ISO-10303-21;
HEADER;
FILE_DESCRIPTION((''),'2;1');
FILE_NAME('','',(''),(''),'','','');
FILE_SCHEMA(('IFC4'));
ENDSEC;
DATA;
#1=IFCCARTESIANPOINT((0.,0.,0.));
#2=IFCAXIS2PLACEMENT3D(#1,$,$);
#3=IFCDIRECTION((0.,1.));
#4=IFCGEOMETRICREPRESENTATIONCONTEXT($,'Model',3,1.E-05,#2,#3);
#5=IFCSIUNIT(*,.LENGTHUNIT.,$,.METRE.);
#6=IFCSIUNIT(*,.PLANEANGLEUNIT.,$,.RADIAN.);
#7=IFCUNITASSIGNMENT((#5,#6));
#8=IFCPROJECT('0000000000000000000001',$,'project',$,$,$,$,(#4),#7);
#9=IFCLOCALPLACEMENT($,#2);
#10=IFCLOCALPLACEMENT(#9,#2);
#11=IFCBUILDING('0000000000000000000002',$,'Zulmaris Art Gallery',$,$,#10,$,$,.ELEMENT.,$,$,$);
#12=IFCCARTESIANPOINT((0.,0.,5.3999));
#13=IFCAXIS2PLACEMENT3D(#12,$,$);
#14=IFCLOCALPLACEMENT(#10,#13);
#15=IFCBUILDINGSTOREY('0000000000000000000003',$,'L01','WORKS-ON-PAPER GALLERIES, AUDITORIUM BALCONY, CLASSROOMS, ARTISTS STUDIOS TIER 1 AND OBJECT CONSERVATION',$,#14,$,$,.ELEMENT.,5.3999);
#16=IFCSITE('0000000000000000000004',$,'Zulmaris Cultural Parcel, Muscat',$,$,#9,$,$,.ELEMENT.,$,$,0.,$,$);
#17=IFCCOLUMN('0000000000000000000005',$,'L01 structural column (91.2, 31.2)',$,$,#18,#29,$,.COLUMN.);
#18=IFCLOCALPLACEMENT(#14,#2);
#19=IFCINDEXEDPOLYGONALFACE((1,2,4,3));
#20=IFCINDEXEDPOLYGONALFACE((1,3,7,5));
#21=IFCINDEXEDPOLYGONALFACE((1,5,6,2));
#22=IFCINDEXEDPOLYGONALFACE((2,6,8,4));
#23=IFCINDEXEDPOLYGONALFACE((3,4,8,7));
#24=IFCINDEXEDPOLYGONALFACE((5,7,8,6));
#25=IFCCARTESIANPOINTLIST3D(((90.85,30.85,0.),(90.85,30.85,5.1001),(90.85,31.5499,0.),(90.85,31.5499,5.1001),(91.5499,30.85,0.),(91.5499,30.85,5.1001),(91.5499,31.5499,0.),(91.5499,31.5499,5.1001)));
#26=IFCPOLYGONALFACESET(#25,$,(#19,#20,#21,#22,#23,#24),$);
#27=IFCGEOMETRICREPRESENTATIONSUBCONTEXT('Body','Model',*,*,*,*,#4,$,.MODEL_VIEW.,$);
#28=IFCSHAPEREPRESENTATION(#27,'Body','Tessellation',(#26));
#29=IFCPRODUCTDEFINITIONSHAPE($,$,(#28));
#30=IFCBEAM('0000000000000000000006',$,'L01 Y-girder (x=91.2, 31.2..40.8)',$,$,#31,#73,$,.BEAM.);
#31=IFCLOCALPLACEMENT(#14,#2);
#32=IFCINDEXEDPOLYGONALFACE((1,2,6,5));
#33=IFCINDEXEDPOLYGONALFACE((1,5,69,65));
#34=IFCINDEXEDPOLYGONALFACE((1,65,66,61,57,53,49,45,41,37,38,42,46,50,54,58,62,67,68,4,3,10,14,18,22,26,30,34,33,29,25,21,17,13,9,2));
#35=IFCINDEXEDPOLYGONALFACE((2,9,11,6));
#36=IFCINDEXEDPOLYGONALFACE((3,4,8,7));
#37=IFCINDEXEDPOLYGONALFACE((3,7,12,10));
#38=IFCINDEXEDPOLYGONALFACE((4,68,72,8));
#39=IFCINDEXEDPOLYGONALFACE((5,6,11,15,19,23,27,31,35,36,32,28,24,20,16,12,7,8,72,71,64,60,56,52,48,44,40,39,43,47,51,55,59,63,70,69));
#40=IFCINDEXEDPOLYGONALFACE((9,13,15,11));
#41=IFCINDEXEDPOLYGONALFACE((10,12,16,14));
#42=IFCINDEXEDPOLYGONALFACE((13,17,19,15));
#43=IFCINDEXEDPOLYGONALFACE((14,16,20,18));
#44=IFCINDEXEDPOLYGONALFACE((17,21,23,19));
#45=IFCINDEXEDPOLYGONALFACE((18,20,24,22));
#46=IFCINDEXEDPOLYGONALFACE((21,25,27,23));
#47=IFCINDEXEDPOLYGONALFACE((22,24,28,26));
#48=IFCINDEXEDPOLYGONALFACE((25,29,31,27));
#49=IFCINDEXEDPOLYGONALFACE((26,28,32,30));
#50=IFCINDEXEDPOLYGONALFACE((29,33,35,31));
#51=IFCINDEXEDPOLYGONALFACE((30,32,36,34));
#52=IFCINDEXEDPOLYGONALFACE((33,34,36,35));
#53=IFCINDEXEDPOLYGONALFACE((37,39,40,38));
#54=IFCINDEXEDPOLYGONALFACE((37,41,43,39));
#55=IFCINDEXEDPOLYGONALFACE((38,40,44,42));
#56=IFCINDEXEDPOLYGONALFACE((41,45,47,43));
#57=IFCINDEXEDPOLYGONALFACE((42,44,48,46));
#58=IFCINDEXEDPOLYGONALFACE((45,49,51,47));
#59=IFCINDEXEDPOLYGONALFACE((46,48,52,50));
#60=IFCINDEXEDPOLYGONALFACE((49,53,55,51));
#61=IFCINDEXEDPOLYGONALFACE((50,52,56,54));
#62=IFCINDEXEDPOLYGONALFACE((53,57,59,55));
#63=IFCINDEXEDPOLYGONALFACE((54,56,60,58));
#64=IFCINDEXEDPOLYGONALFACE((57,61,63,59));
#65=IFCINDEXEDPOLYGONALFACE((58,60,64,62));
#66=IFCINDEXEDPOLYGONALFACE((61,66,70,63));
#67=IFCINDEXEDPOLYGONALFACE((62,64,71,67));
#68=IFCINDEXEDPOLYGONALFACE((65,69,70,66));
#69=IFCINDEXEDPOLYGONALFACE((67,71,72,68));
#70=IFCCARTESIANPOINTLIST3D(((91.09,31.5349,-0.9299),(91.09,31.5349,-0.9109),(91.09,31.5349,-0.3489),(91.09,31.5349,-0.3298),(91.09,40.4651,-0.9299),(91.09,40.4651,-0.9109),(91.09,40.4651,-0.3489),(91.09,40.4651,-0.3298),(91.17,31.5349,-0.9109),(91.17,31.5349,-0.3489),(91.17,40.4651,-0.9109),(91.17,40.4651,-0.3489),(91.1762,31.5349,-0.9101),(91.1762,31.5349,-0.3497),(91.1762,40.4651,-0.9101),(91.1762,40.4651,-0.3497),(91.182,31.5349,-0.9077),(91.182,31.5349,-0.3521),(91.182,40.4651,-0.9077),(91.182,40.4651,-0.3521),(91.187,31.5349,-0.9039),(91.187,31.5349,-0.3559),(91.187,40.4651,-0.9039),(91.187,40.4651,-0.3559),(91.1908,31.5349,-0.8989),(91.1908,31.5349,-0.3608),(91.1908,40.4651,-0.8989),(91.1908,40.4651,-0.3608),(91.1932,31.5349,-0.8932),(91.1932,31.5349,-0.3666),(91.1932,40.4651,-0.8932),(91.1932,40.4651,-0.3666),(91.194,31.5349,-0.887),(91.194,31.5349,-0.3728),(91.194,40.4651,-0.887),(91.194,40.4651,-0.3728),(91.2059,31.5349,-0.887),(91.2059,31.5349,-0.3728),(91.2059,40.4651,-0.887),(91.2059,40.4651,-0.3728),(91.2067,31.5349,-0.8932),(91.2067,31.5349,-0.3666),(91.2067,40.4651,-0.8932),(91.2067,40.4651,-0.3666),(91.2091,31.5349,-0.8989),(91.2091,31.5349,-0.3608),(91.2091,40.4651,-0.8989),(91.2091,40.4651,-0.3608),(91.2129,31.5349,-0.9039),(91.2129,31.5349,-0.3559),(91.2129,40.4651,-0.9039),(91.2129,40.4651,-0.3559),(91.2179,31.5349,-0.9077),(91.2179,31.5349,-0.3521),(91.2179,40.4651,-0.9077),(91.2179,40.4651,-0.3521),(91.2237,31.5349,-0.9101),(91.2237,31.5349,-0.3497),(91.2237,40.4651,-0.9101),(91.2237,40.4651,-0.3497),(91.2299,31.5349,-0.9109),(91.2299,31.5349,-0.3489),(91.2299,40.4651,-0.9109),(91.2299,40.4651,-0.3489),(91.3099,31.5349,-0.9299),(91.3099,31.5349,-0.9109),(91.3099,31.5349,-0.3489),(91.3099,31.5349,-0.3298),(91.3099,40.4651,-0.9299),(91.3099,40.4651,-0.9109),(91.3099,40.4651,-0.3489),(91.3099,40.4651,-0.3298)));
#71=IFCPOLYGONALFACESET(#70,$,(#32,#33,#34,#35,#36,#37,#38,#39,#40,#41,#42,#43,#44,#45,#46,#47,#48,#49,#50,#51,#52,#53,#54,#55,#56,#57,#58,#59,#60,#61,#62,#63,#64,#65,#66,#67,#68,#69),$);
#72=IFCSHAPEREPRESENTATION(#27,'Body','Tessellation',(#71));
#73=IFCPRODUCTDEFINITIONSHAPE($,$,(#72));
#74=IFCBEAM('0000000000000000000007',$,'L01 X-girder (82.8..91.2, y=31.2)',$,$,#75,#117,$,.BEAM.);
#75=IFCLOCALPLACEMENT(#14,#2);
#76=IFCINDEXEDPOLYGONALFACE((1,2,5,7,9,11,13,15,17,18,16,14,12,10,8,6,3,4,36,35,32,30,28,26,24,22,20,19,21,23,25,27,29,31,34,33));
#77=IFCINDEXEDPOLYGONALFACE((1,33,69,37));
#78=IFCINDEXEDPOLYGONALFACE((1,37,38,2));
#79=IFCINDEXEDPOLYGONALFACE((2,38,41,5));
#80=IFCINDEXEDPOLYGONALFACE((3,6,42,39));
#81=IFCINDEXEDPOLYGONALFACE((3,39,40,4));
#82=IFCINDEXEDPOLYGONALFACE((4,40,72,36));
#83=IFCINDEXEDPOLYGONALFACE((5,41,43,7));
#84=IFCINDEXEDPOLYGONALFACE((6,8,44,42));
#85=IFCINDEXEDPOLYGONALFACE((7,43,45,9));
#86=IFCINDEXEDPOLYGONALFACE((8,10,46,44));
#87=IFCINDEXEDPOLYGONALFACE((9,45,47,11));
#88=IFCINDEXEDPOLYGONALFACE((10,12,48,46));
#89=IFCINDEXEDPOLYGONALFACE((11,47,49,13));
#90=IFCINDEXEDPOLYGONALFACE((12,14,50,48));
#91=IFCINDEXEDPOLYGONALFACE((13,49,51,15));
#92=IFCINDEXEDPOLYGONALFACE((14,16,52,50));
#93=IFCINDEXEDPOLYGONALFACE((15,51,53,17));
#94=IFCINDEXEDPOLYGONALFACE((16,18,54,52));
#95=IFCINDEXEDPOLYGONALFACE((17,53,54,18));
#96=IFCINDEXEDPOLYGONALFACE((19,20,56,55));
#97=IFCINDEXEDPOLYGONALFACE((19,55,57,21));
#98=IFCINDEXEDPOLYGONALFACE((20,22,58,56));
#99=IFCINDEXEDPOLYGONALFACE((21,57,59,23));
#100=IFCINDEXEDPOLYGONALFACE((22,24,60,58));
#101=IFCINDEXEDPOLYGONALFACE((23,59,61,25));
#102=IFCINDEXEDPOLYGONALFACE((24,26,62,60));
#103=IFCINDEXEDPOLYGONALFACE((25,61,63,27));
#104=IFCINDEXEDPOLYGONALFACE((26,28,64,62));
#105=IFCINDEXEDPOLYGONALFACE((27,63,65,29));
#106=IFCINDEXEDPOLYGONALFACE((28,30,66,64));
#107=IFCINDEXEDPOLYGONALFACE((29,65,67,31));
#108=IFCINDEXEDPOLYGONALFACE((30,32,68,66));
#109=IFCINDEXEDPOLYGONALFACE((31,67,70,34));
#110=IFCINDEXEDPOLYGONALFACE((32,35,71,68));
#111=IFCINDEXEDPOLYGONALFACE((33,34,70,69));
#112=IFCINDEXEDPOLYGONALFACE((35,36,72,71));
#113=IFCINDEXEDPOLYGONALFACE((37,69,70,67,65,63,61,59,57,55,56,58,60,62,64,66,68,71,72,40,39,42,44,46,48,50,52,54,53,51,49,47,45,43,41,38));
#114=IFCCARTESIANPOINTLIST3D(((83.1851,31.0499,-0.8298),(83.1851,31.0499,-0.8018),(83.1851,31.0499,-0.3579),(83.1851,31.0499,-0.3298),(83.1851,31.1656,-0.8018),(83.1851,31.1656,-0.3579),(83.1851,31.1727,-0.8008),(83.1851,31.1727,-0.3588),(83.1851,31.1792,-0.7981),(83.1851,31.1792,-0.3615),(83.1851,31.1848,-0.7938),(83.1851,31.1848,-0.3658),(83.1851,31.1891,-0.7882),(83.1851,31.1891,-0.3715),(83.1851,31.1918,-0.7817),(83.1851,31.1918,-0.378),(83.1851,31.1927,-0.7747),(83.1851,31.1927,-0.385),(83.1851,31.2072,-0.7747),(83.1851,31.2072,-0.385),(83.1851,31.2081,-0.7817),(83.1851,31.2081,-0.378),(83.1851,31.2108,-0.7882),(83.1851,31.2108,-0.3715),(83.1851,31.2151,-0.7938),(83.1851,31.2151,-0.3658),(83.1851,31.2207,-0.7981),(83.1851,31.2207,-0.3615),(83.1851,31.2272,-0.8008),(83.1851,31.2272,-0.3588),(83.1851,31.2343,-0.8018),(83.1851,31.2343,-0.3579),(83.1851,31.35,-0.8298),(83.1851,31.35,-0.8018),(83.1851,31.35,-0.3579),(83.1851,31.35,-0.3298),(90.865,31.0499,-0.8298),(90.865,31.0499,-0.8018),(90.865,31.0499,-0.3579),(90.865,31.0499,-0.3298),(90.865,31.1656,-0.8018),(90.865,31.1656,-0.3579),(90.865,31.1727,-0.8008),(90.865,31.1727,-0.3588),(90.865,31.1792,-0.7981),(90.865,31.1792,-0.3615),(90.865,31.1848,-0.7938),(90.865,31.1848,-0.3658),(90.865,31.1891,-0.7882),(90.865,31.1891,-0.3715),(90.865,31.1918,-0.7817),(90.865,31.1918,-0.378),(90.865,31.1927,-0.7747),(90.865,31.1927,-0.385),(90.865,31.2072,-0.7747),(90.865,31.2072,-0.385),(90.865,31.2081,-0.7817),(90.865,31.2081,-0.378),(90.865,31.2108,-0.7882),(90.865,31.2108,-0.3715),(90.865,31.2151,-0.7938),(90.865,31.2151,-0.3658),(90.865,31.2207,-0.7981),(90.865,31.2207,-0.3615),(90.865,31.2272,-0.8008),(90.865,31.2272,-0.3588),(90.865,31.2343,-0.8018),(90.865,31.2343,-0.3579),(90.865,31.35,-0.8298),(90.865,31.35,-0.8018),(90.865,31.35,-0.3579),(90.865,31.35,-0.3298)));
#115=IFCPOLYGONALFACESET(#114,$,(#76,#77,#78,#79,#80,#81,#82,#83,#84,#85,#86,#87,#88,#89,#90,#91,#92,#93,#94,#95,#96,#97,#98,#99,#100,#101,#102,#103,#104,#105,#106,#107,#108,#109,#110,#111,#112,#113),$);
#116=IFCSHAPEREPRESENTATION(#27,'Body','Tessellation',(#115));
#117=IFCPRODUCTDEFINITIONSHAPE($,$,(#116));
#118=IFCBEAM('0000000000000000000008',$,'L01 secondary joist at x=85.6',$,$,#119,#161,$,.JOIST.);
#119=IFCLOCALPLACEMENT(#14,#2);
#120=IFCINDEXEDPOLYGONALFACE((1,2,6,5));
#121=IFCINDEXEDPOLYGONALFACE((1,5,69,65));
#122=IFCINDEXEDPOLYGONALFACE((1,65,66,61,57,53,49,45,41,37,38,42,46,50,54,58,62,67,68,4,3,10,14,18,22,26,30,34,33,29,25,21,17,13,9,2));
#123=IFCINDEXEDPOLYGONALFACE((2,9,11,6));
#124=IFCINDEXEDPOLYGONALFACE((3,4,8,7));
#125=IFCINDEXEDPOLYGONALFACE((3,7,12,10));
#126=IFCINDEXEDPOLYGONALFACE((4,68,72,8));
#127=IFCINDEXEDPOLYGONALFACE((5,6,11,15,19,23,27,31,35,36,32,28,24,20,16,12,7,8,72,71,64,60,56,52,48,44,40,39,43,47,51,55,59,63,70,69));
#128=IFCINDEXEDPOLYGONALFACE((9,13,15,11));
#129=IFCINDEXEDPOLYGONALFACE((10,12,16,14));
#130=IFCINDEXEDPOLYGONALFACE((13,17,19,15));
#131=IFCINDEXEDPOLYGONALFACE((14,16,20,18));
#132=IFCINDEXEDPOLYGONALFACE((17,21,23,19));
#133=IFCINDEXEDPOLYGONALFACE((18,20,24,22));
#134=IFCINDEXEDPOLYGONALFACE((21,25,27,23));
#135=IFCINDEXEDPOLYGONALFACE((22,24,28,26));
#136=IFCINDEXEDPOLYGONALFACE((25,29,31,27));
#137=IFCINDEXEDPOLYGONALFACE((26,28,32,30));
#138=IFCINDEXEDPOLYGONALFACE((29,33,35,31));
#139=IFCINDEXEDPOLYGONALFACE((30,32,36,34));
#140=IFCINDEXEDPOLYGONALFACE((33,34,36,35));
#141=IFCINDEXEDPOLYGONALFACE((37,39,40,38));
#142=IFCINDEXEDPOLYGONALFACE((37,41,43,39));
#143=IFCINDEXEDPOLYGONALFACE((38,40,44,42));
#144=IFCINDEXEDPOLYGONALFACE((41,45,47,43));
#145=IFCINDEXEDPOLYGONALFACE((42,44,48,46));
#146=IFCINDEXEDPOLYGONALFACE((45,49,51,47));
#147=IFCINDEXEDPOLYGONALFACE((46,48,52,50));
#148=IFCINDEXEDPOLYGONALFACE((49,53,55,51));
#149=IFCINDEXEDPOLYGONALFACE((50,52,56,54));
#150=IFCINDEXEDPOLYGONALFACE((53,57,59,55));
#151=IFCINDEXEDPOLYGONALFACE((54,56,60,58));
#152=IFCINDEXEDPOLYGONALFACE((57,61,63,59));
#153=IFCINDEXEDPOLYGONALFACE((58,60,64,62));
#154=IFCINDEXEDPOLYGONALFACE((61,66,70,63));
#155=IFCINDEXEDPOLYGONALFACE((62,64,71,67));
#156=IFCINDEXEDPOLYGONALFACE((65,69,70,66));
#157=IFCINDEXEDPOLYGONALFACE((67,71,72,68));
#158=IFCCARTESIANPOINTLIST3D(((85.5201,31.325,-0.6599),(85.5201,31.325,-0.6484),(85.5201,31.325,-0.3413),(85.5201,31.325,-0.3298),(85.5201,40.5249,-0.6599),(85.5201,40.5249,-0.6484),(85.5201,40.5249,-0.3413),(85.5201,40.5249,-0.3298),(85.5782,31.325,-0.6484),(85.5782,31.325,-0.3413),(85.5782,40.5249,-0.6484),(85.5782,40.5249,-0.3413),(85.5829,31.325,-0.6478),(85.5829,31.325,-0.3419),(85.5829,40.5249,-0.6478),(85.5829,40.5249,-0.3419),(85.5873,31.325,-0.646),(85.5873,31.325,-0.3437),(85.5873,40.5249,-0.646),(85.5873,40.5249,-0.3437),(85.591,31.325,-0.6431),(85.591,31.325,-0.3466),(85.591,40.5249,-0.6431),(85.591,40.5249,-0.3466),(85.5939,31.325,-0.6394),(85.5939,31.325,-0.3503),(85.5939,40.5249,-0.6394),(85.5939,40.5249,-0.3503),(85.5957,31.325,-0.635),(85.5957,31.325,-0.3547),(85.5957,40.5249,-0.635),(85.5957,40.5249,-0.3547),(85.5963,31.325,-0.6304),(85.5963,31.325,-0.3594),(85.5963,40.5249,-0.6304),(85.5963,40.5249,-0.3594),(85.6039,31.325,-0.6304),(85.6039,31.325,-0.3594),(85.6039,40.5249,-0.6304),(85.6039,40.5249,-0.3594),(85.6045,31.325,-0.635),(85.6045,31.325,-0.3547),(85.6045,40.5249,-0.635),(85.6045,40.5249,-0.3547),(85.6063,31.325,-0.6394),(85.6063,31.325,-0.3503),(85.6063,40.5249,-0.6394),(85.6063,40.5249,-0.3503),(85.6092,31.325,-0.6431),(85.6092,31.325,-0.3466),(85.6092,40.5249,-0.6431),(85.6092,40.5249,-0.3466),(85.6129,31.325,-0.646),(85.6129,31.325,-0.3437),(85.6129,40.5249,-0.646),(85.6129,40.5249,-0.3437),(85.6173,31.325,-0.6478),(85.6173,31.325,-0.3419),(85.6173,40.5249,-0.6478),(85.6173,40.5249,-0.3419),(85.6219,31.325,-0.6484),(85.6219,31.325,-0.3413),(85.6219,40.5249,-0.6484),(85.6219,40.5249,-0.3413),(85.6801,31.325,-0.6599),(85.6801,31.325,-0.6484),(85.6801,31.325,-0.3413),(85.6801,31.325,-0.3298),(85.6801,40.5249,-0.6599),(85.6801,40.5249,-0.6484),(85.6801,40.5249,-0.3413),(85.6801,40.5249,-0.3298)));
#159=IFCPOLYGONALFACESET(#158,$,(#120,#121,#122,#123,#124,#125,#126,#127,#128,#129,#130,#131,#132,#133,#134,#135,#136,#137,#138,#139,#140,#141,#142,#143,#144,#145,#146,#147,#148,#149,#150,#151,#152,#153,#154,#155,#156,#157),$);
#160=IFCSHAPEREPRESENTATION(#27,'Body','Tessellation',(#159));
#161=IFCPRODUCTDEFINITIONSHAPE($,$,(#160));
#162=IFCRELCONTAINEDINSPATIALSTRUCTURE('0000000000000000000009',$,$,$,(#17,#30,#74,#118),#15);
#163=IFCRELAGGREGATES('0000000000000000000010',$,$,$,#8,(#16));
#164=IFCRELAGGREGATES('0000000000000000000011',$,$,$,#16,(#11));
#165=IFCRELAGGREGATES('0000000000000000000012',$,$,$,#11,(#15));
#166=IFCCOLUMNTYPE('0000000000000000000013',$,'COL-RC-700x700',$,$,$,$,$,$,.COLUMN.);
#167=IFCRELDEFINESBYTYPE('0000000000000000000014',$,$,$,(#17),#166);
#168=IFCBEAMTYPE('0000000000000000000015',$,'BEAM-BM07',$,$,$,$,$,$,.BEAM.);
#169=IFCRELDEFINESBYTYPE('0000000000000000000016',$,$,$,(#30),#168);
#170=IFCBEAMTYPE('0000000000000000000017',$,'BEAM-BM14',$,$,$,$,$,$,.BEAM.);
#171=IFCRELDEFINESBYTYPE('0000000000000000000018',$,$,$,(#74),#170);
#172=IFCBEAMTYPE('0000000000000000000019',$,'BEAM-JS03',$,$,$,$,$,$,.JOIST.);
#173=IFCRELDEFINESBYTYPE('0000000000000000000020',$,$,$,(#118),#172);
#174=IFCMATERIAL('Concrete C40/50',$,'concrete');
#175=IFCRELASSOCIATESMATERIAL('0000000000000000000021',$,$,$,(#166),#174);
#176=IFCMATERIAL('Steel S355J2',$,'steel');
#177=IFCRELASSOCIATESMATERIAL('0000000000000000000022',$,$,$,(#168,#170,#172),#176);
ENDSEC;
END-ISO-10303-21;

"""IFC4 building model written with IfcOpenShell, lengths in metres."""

from ifc_helpers import new_model, si_unit, direction, frame, origin, origin_2d, place, context, subcontext, project, spatial, rectangle, i_section, extrude, material, material_profile, profile_set, type_object, element, save


model = new_model("IFC4")

# Units and contexts
model_context = context("Model", 3, precision=1e-05, world=origin(), true_north=direction((0.0, 1.0)))
body_context = subcontext(model_context, "Body", "Model", "MODEL_VIEW")
ifc_project = project(units=[si_unit("LENGTHUNIT", "METRE"), si_unit("PLANEANGLEUNIT", "RADIAN")], contexts=[model_context])

# Site, building, storey
site_placement = place(None, origin())
site = spatial("IfcSite", under=ifc_project, at=site_placement, Name="Zulmaris Cultural Parcel, Muscat", CompositionType="ELEMENT", RefElevation=0.0)
building_placement = place(site_placement, origin())
building = spatial("IfcBuilding", under=site, at=building_placement, Name="Zulmaris Art Gallery", CompositionType="ELEMENT")
storey_placement = place(building_placement, frame((0.0, 0.0, 5.3999)))
storey = spatial("IfcBuildingStorey", under=building, at=storey_placement, Name="L01", Description="WORKS-ON-PAPER GALLERIES, AUDITORIUM BALCONY, CLASSROOMS, ARTISTS STUDIOS TIER 1 AND OBJECT CONSERVATION", CompositionType="ELEMENT", Elevation=5.3999)

# Column
ifc_material_1 = material(Name="Concrete C40/50", Category="concrete")
ifc_material_profile_1 = material_profile(ifc_material_1, rectangle(XDim=0.7, YDim=0.7, at=origin_2d()), Name="RC 700x700")
ifc_profile_set_1 = profile_set([ifc_material_profile_1], Name="Concrete C40/50")
column_type = type_object("IfcColumnType", Name="COL-RC-700x700", PredefinedType="COLUMN", material=ifc_profile_set_1)
column_placement = place(storey_placement, frame((91.2, 31.2, 0.0), z_axis=(0.0, 0.0, 1.0), x_axis=(1.0, 0.0, 0.0)))
element("IfcColumn", 1, at=column_placement, inside=storey, type_object=column_type, Name="L01 structural column (91.2, 31.2)", PredefinedType="COLUMN", context=body_context, shape_type="SweptSolid", body=[
    extrude(rectangle(XDim=0.7, YDim=0.7, at=origin_2d()), origin(), (0.0, 0.0, 1.0), 5.1001),
])

# Beams
ifc_material_2 = material(Name="Steel S355J2", Category="steel")
ifc_material_profile_2 = material_profile(ifc_material_2, i_section(OverallWidth=0.22, OverallDepth=0.6001, WebThickness=0.012, FlangeThickness=0.019, FilletRadius=0.0239, at=origin_2d()), Name="IPE 600")
ifc_profile_set_2 = profile_set([ifc_material_profile_2], Name="Steel S355J2")
beam_type_1 = type_object("IfcBeamType", Name="BEAM-BM07", PredefinedType="BEAM", material=ifc_profile_set_2)
beam_1_placement = place(storey_placement, frame((91.2, 31.5349, -0.6299), z_axis=(0.0, 1.0, 0.0), x_axis=(-1.0, 0.0, 0.0)))
element("IfcBeam", 2, at=beam_1_placement, inside=storey, type_object=beam_type_1, Name="L01 Y-girder (x=91.2, 31.2..40.8)", PredefinedType="BEAM", context=body_context, shape_type="SweptSolid", body=[
    extrude(i_section(OverallWidth=0.22, OverallDepth=0.6001, WebThickness=0.012, FlangeThickness=0.019, FilletRadius=0.0239, at=origin_2d()), origin(), (0.0, 0.0, 1.0), 8.9302),
])
ifc_material_profile_3 = material_profile(ifc_material_2, i_section(OverallWidth=0.3, OverallDepth=0.5, WebThickness=0.0144, FlangeThickness=0.0281, FilletRadius=0.0271, at=origin_2d()), Name="HEB 500")
ifc_profile_set_3 = profile_set([ifc_material_profile_3], Name="Steel S355J2")
beam_type_2 = type_object("IfcBeamType", Name="BEAM-BM14", PredefinedType="BEAM", material=ifc_profile_set_3)
beam_2_placement = place(storey_placement, frame((83.1851, 31.2, -0.5798), z_axis=(1.0, 0.0, 0.0), x_axis=(0.0, 1.0, 0.0)))
element("IfcBeam", 3, at=beam_2_placement, inside=storey, type_object=beam_type_2, Name="L01 X-girder (82.8..91.2, y=31.2)", PredefinedType="BEAM", context=body_context, shape_type="SweptSolid", body=[
    extrude(i_section(OverallWidth=0.3, OverallDepth=0.5, WebThickness=0.0144, FlangeThickness=0.0281, FilletRadius=0.0271, at=origin_2d()), origin(), (0.0, 0.0, 1.0), 7.6799),
])
ifc_material_profile_4 = material_profile(ifc_material_2, i_section(OverallWidth=0.1599, OverallDepth=0.3301, WebThickness=0.0076, FlangeThickness=0.0115, FilletRadius=0.0181, at=origin_2d()), Name="IPE 330")
ifc_profile_set_4 = profile_set([ifc_material_profile_4], Name="Steel S355J2")
beam_type_3 = type_object("IfcBeamType", Name="BEAM-JS03", PredefinedType="JOIST", material=ifc_profile_set_4)
beam_3_placement = place(storey_placement, frame((85.6001, 31.325, -0.4949), z_axis=(0.0, 1.0, 0.0), x_axis=(-1.0, 0.0, 0.0)))
element("IfcBeam", 4, at=beam_3_placement, inside=storey, type_object=beam_type_3, Name="L01 secondary joist at x=85.6", PredefinedType="JOIST", context=body_context, shape_type="SweptSolid", body=[
    extrude(i_section(OverallWidth=0.1599, OverallDepth=0.3301, WebThickness=0.0076, FlangeThickness=0.0115, FilletRadius=0.0181, at=origin_2d()), origin(), (0.0, 0.0, 1.0), 9.2),
])

save(model, "model.ifc")
